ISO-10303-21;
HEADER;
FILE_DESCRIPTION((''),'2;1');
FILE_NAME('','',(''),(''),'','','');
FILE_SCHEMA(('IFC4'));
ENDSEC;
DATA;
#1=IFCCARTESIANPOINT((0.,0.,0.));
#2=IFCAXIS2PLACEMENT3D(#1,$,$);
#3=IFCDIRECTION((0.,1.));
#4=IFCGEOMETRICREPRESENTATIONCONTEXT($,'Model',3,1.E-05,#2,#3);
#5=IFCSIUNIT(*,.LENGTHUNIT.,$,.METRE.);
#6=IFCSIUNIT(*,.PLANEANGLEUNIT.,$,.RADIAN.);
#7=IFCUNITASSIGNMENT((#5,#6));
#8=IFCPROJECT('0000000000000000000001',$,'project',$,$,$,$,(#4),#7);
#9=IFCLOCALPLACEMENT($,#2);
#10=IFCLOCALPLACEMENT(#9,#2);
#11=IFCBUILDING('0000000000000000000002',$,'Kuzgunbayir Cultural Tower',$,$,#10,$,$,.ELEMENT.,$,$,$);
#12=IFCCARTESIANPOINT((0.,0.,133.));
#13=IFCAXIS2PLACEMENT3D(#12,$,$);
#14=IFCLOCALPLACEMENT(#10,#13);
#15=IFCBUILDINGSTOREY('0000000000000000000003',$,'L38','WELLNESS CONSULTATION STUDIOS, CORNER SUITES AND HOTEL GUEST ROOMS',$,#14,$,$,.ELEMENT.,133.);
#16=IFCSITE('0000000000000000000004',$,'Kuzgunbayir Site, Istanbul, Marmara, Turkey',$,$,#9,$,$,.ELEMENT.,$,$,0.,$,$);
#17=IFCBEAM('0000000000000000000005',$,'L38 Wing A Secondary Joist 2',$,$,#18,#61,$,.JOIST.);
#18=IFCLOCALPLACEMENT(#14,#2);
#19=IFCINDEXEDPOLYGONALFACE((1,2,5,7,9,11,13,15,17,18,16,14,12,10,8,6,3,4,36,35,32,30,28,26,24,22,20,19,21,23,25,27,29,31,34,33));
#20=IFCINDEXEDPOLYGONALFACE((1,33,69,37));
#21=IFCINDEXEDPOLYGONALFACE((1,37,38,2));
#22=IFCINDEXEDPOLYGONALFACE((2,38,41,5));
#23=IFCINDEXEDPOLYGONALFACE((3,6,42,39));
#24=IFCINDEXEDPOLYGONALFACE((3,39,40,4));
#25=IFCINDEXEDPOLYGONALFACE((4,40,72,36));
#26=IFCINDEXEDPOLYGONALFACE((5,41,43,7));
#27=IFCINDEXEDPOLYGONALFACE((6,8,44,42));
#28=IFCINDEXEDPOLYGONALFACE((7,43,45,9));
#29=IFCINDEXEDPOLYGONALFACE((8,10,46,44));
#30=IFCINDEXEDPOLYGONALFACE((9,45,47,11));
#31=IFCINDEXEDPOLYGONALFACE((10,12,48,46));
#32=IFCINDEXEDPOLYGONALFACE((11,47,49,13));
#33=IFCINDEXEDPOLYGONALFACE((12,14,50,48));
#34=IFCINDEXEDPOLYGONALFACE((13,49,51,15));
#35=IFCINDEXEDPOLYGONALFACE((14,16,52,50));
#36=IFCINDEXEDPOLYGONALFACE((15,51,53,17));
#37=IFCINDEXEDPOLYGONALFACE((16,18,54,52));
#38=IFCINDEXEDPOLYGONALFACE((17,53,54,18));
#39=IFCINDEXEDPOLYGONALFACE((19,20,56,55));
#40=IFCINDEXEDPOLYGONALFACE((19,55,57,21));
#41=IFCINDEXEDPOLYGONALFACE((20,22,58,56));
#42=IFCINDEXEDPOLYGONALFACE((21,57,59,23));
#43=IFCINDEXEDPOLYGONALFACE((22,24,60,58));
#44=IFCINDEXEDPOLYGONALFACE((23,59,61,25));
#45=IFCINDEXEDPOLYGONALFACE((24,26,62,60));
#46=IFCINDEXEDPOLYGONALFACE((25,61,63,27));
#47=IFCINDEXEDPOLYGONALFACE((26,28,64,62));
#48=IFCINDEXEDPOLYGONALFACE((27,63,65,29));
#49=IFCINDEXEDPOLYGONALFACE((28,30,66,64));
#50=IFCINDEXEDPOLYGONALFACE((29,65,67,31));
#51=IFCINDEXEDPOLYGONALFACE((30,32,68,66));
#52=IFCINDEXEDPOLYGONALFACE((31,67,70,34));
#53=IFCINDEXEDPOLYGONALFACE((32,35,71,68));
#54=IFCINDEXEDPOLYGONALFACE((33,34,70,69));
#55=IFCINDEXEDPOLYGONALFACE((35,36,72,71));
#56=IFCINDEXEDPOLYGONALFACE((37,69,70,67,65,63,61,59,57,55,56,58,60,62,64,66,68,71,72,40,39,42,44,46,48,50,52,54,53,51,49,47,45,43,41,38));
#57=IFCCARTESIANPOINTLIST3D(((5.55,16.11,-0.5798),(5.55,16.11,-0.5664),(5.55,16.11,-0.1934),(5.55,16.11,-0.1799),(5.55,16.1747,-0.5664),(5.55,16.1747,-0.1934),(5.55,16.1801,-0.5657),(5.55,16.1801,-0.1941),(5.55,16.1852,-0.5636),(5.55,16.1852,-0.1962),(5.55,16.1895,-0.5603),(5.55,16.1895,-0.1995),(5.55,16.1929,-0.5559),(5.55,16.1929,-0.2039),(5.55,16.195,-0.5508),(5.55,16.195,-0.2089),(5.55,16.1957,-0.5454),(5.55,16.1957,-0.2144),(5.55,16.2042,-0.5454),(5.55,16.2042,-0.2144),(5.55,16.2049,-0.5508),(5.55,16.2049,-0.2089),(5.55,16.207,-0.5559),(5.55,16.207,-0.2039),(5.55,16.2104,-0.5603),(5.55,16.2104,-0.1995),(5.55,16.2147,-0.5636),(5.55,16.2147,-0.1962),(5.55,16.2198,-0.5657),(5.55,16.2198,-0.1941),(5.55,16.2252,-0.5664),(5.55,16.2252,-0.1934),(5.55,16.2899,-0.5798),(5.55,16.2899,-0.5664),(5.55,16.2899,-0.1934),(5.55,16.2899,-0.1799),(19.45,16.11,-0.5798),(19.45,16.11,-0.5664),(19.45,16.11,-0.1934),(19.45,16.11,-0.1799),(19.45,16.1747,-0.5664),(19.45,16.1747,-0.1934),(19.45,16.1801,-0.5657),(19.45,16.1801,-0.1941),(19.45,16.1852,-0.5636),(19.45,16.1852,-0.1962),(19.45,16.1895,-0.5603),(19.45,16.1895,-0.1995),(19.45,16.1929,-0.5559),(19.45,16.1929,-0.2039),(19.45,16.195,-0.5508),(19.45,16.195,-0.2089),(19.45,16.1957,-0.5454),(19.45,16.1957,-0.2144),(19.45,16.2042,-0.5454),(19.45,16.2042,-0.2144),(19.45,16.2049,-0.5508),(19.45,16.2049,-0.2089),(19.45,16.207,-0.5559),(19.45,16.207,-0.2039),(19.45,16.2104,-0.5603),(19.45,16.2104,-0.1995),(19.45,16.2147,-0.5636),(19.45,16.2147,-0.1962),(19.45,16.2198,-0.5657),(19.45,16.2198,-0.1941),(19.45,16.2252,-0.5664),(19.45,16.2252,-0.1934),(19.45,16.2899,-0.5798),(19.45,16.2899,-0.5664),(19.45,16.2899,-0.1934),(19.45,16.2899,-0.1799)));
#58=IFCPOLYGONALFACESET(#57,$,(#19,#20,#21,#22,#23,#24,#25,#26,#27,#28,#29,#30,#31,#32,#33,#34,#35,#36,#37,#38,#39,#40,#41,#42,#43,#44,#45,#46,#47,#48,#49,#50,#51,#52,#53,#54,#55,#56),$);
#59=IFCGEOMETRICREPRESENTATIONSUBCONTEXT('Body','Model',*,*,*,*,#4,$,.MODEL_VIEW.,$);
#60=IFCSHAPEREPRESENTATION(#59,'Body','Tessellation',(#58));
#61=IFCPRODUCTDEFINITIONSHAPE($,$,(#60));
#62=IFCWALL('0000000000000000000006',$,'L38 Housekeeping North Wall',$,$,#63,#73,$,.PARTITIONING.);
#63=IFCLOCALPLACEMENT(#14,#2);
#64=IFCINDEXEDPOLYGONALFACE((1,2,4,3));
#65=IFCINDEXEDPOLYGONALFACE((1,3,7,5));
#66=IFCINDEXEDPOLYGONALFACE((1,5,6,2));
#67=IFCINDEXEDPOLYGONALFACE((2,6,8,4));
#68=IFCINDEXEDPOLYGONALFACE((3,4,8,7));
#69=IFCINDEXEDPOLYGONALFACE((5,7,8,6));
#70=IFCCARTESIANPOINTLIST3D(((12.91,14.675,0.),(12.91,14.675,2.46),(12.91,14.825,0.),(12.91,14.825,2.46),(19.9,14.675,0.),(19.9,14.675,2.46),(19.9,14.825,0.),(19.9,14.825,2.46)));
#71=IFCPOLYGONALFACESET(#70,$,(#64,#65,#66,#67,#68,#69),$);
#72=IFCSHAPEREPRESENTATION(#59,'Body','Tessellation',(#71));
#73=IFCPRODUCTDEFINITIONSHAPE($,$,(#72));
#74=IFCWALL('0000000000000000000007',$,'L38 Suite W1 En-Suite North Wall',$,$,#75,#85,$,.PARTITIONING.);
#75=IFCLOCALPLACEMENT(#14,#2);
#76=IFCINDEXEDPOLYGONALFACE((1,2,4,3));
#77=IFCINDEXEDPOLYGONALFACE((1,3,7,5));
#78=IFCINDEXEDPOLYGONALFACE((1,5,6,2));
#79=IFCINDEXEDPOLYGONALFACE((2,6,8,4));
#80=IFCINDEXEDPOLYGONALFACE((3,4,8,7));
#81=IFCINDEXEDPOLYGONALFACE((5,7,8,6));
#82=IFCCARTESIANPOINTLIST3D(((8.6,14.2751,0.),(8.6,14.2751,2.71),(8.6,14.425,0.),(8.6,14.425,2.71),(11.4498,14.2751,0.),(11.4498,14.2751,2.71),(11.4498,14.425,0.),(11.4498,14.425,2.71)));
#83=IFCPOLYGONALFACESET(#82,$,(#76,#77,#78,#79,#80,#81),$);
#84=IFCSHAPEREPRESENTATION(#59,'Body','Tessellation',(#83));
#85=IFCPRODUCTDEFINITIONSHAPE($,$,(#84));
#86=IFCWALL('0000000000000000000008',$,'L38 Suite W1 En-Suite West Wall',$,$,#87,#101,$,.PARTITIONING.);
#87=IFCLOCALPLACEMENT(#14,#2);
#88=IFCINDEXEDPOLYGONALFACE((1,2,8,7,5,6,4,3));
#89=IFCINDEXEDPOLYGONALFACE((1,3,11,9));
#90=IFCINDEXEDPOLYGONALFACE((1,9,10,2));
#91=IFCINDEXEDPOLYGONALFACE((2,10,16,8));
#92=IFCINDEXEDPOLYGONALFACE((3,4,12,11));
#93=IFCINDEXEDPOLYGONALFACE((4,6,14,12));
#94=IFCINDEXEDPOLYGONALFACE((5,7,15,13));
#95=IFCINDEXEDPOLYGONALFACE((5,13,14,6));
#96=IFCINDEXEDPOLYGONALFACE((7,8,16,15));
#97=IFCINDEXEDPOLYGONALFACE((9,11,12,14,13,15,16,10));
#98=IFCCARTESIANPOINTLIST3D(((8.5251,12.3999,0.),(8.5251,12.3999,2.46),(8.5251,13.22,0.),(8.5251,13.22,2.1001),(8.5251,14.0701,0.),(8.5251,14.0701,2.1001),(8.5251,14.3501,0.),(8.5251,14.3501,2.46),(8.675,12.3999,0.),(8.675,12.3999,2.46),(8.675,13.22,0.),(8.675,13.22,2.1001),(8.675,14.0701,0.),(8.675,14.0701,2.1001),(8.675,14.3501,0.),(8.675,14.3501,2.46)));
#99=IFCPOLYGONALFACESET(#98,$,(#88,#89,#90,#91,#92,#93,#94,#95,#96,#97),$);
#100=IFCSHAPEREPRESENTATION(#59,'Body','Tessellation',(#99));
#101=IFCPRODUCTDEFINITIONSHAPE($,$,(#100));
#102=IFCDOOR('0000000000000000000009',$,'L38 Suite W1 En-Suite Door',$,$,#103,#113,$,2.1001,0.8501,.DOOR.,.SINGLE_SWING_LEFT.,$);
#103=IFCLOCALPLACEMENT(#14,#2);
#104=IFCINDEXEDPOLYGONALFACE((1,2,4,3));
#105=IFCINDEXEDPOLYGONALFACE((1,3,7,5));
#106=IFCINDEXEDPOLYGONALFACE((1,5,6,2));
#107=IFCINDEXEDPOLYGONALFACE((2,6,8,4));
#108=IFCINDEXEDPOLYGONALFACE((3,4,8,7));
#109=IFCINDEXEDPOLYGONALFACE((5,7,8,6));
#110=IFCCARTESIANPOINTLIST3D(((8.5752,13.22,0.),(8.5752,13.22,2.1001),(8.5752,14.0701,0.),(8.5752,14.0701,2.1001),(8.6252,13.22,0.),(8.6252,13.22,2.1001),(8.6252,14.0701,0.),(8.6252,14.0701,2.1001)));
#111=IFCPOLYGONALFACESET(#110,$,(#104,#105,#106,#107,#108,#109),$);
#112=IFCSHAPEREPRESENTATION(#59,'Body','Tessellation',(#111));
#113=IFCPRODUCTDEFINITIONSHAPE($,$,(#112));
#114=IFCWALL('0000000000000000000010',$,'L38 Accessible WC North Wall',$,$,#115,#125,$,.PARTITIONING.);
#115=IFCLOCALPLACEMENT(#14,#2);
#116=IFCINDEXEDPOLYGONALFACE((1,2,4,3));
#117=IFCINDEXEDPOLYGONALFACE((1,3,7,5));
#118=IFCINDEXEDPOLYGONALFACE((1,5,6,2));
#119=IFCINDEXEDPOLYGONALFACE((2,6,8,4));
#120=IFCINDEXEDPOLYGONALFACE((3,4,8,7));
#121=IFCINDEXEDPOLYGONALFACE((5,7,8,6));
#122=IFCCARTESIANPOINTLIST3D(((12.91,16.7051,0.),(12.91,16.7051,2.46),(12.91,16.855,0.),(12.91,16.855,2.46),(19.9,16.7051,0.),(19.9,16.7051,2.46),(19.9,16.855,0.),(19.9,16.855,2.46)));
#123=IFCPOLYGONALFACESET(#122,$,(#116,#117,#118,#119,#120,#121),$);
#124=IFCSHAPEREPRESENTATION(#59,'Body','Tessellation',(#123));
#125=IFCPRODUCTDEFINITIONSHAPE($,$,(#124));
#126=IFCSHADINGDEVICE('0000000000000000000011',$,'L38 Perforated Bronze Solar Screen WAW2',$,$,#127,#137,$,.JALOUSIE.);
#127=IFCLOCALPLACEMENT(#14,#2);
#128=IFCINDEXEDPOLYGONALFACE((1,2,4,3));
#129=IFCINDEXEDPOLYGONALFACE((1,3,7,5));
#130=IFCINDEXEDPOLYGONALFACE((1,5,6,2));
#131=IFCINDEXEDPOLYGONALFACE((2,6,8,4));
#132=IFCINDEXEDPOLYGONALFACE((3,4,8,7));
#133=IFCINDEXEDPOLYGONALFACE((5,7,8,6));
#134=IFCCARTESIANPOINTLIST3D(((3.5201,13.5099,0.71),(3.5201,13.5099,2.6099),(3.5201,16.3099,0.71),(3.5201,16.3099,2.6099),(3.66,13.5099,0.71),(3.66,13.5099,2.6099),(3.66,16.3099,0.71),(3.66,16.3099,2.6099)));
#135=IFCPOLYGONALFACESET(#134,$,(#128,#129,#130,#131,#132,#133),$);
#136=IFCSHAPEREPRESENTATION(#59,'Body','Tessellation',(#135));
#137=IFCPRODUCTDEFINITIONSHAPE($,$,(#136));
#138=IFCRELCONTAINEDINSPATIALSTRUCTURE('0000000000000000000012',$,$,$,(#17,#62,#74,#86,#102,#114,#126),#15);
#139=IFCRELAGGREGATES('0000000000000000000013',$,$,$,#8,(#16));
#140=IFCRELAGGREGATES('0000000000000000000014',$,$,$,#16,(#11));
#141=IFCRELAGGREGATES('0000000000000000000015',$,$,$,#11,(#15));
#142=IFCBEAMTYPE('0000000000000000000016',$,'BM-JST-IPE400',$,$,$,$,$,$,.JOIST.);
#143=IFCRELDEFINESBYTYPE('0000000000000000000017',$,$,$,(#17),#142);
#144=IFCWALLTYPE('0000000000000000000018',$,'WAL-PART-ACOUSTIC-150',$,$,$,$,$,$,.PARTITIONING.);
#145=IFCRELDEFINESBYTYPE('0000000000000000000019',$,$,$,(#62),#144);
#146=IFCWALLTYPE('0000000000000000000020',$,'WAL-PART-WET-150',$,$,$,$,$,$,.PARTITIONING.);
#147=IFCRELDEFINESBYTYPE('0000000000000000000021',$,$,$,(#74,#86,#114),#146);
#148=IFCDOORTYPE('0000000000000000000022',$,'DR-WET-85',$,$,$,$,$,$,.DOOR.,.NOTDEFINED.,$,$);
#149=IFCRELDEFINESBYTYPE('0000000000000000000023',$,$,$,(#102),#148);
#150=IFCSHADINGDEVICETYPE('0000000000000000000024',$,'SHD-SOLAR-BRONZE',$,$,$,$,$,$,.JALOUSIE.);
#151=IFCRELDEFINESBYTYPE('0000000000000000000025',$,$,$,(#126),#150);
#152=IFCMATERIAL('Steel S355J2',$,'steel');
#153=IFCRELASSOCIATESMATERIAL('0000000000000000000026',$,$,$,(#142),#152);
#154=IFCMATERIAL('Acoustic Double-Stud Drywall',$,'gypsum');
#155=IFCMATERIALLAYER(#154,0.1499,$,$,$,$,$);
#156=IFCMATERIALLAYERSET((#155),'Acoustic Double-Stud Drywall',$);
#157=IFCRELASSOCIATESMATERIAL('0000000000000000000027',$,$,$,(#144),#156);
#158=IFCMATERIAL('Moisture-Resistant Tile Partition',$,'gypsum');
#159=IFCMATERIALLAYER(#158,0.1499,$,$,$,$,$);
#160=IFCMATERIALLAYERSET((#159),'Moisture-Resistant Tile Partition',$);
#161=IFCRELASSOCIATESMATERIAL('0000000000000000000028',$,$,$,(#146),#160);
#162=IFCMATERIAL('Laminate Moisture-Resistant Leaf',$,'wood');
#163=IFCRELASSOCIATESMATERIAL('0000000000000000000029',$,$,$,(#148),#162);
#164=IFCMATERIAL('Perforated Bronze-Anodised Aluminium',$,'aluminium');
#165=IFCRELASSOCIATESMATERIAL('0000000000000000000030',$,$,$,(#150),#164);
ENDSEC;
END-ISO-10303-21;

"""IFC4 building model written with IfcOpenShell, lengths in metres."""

from ifc_helpers import new_model, si_unit, direction, frame, frame_2d, origin, origin_2d, place, context, subcontext, project, spatial, rectangle, i_section, extrude, material, layer, layer_set, material_profile, profile_set, type_object, element, fill, save


model = new_model("IFC4")

# Units and contexts
model_context = context("Model", 3, precision=1e-05, world=origin(), true_north=direction((0.0, 1.0)))
body_context = subcontext(model_context, "Body", "Model", "MODEL_VIEW")
ifc_project = project(units=[si_unit("LENGTHUNIT", "METRE"), si_unit("PLANEANGLEUNIT", "RADIAN")], contexts=[model_context])

# Site, building, storey
site_placement = place(None, origin())
site = spatial("IfcSite", under=ifc_project, at=site_placement, Name="Kuzgunbayir Site, Istanbul, Marmara, Turkey", CompositionType="ELEMENT", RefElevation=0.0)
building_placement = place(site_placement, origin())
building = spatial("IfcBuilding", under=site, at=building_placement, Name="Kuzgunbayir Cultural Tower", CompositionType="ELEMENT")
storey_placement = place(building_placement, frame((0.0, 0.0, 133.0)))
storey = spatial("IfcBuildingStorey", under=building, at=storey_placement, Name="L38", Description="WELLNESS CONSULTATION STUDIOS, CORNER SUITES AND HOTEL GUEST ROOMS", CompositionType="ELEMENT", Elevation=133.0)

# Beam
ifc_material_1 = material(Name="Steel S355J2", Category="steel")
ifc_material_profile_1 = material_profile(ifc_material_1, i_section(OverallWidth=0.1799, OverallDepth=0.3999, WebThickness=0.0085, FlangeThickness=0.0134, FilletRadius=0.021, at=origin_2d()), Name="IPE 400")
ifc_profile_set_1 = profile_set([ifc_material_profile_1], Name="Steel S355J2")
beam_type_1 = type_object("IfcBeamType", Name="BM-JST-IPE400", PredefinedType="JOIST", material=ifc_profile_set_1)
for number, where, z_axis, x_axis, name in (
    (1, (5.55, 16.2, -0.3799), (1.0, 0.0, 0.0), (0.0, 1.0, 0.0), "L38 Wing A Secondary Joist 2"),
):
    element("IfcBeam", number, at=place(storey_placement, frame(where, z_axis=z_axis, x_axis=x_axis)), inside=storey, type_object=beam_type_1, Name=name, PredefinedType="JOIST", context=body_context, shape_type="SweptSolid", body=[
        extrude(i_section(OverallWidth=0.1799, OverallDepth=0.3999, WebThickness=0.0085, FlangeThickness=0.0134, FilletRadius=0.021, at=origin_2d()), origin(), (0.0, 0.0, 1.0), 13.8999),
    ])

# Wall
ifc_material_2 = material(Name="Acoustic Double-Stud Drywall", Category="gypsum")
ifc_layer_1 = layer(ifc_material_2, 0.1499)
ifc_layer_set_1 = layer_set([ifc_layer_1], Name="Acoustic Double-Stud Drywall")
wall_type_1 = type_object("IfcWallType", Name="WAL-PART-ACOUSTIC-150", PredefinedType="PARTITIONING", material=ifc_layer_set_1)
wall_1_placement = place(storey_placement, frame((12.9099, 14.75, 0.0), z_axis=(0.0, 0.0, 1.0), x_axis=(1.0, 0.0, 0.0)))
element("IfcWall", 2, at=wall_1_placement, inside=storey, type_object=wall_type_1, Name="L38 Housekeeping North Wall", PredefinedType="PARTITIONING", context=body_context, shape_type="SweptSolid", body=[
    extrude(rectangle(XDim=6.99, YDim=0.1499, at=frame_2d((3.4951, 0.0))), origin(), (0.0, 0.0, 1.0), 2.46),
])

# Shared definitions
ifc_material_3 = material(Name="Laminate Moisture-Resistant Leaf", Category="wood")

# Wall
ifc_material_4 = material(Name="Moisture-Resistant Tile Partition", Category="gypsum")
ifc_layer_2 = layer(ifc_material_4, 0.1499)
ifc_layer_set_2 = layer_set([ifc_layer_2], Name="Moisture-Resistant Tile Partition")
wall_type_2 = type_object("IfcWallType", Name="WAL-PART-WET-150", PredefinedType="PARTITIONING", material=ifc_layer_set_2)
wall_2_placement = place(storey_placement, frame((8.6001, 14.3501, 0.0), z_axis=(0.0, 0.0, 1.0), x_axis=(1.0, 0.0, 0.0)))
element("IfcWall", 3, at=wall_2_placement, inside=storey, type_object=wall_type_2, Name="L38 Suite W1 En-Suite North Wall", PredefinedType="PARTITIONING", context=body_context, shape_type="SweptSolid", body=[
    extrude(rectangle(XDim=2.8499, YDim=0.1499, at=frame_2d((1.4248, 0.0))), origin(), (0.0, 0.0, 1.0), 2.71),
])

# Wall, opening, door
wall_3_placement = place(storey_placement, frame((8.6001, 12.3999, 0.0), z_axis=(0.0, 0.0, 1.0), x_axis=(0.0, 1.0, 0.0)))
wall_3 = element("IfcWall", 4, at=wall_3_placement, inside=storey, type_object=wall_type_2, Name="L38 Suite W1 En-Suite West Wall", PredefinedType="PARTITIONING", context=body_context, shape_type="SweptSolid", body=[
    extrude(rectangle(XDim=1.9502, YDim=0.1499, at=frame_2d((0.9751, 0.0))), origin(), (0.0, 0.0, 1.0), 2.46),
])
opening_1_placement = place(wall_3_placement, frame((0.8201, 0.0, 0.0)))
opening_1 = element("IfcOpeningElement", 5, at=opening_1_placement, cuts=wall_3, PredefinedType="OPENING", context=body_context, shape_type="SweptSolid", body=[
    extrude(rectangle(XDim=0.8501, YDim=2.1001, at=frame_2d((0.425, 1.05))), frame((0.0, 0.085, 0.0), z_axis=(0.0, -1.0, 0.0), x_axis=(1.0, 0.0, 0.0)), (0.0, 0.0, 1.0), 0.1699),
])
door_type_1 = type_object("IfcDoorType", Name="DR-WET-85", OperationType="NOTDEFINED", PredefinedType="DOOR", material=ifc_material_3)
door_1_placement = place(opening_1_placement, origin())
door_1 = element("IfcDoor", 6, at=door_1_placement, inside=storey, type_object=door_type_1, Name="L38 Suite W1 En-Suite Door", OperationType="SINGLE_SWING_LEFT", OverallHeight=2.1001, OverallWidth=0.8501, PredefinedType="DOOR", context=body_context, shape_type="SweptSolid", body=[
    extrude(rectangle(XDim=0.8501, YDim=2.1001, at=frame_2d((0.425, 1.05))), frame((0.0, 0.0249, 0.0), z_axis=(0.0, -1.0, 0.0), x_axis=(1.0, 0.0, 0.0)), (0.0, 0.0, 1.0), 0.05),
])
fill(opening_1, door_1)

# Wall
wall_4_placement = place(storey_placement, frame((12.9099, 16.78, 0.0), z_axis=(0.0, 0.0, 1.0), x_axis=(1.0, 0.0, 0.0)))
element("IfcWall", 7, at=wall_4_placement, inside=storey, type_object=wall_type_2, Name="L38 Accessible WC North Wall", PredefinedType="PARTITIONING", context=body_context, shape_type="SweptSolid", body=[
    extrude(rectangle(XDim=6.99, YDim=0.1499, at=frame_2d((3.4951, 0.0))), origin(), (0.0, 0.0, 1.0), 2.46),
])

# Shading device
ifc_material_5 = material(Name="Perforated Bronze-Anodised Aluminium", Category="aluminium")
shading_device_type = type_object("IfcShadingDeviceType", Name="SHD-SOLAR-BRONZE", PredefinedType="JALOUSIE", material=ifc_material_5)
shading_device_placement = place(storey_placement, frame((3.5901, 14.9099, 0.71), z_axis=(0.0, 0.0, 1.0), x_axis=(1.0, 0.0, 0.0)))
element("IfcShadingDevice", 8, at=shading_device_placement, inside=storey, type_object=shading_device_type, Name="L38 Perforated Bronze Solar Screen WAW2", PredefinedType="JALOUSIE", context=body_context, shape_type="SweptSolid", body=[
    extrude(rectangle(XDim=0.1399, YDim=2.8, at=origin_2d()), origin(), (0.0, 0.0, 1.0), 1.8999),
])

save(model, "model.ifc")
